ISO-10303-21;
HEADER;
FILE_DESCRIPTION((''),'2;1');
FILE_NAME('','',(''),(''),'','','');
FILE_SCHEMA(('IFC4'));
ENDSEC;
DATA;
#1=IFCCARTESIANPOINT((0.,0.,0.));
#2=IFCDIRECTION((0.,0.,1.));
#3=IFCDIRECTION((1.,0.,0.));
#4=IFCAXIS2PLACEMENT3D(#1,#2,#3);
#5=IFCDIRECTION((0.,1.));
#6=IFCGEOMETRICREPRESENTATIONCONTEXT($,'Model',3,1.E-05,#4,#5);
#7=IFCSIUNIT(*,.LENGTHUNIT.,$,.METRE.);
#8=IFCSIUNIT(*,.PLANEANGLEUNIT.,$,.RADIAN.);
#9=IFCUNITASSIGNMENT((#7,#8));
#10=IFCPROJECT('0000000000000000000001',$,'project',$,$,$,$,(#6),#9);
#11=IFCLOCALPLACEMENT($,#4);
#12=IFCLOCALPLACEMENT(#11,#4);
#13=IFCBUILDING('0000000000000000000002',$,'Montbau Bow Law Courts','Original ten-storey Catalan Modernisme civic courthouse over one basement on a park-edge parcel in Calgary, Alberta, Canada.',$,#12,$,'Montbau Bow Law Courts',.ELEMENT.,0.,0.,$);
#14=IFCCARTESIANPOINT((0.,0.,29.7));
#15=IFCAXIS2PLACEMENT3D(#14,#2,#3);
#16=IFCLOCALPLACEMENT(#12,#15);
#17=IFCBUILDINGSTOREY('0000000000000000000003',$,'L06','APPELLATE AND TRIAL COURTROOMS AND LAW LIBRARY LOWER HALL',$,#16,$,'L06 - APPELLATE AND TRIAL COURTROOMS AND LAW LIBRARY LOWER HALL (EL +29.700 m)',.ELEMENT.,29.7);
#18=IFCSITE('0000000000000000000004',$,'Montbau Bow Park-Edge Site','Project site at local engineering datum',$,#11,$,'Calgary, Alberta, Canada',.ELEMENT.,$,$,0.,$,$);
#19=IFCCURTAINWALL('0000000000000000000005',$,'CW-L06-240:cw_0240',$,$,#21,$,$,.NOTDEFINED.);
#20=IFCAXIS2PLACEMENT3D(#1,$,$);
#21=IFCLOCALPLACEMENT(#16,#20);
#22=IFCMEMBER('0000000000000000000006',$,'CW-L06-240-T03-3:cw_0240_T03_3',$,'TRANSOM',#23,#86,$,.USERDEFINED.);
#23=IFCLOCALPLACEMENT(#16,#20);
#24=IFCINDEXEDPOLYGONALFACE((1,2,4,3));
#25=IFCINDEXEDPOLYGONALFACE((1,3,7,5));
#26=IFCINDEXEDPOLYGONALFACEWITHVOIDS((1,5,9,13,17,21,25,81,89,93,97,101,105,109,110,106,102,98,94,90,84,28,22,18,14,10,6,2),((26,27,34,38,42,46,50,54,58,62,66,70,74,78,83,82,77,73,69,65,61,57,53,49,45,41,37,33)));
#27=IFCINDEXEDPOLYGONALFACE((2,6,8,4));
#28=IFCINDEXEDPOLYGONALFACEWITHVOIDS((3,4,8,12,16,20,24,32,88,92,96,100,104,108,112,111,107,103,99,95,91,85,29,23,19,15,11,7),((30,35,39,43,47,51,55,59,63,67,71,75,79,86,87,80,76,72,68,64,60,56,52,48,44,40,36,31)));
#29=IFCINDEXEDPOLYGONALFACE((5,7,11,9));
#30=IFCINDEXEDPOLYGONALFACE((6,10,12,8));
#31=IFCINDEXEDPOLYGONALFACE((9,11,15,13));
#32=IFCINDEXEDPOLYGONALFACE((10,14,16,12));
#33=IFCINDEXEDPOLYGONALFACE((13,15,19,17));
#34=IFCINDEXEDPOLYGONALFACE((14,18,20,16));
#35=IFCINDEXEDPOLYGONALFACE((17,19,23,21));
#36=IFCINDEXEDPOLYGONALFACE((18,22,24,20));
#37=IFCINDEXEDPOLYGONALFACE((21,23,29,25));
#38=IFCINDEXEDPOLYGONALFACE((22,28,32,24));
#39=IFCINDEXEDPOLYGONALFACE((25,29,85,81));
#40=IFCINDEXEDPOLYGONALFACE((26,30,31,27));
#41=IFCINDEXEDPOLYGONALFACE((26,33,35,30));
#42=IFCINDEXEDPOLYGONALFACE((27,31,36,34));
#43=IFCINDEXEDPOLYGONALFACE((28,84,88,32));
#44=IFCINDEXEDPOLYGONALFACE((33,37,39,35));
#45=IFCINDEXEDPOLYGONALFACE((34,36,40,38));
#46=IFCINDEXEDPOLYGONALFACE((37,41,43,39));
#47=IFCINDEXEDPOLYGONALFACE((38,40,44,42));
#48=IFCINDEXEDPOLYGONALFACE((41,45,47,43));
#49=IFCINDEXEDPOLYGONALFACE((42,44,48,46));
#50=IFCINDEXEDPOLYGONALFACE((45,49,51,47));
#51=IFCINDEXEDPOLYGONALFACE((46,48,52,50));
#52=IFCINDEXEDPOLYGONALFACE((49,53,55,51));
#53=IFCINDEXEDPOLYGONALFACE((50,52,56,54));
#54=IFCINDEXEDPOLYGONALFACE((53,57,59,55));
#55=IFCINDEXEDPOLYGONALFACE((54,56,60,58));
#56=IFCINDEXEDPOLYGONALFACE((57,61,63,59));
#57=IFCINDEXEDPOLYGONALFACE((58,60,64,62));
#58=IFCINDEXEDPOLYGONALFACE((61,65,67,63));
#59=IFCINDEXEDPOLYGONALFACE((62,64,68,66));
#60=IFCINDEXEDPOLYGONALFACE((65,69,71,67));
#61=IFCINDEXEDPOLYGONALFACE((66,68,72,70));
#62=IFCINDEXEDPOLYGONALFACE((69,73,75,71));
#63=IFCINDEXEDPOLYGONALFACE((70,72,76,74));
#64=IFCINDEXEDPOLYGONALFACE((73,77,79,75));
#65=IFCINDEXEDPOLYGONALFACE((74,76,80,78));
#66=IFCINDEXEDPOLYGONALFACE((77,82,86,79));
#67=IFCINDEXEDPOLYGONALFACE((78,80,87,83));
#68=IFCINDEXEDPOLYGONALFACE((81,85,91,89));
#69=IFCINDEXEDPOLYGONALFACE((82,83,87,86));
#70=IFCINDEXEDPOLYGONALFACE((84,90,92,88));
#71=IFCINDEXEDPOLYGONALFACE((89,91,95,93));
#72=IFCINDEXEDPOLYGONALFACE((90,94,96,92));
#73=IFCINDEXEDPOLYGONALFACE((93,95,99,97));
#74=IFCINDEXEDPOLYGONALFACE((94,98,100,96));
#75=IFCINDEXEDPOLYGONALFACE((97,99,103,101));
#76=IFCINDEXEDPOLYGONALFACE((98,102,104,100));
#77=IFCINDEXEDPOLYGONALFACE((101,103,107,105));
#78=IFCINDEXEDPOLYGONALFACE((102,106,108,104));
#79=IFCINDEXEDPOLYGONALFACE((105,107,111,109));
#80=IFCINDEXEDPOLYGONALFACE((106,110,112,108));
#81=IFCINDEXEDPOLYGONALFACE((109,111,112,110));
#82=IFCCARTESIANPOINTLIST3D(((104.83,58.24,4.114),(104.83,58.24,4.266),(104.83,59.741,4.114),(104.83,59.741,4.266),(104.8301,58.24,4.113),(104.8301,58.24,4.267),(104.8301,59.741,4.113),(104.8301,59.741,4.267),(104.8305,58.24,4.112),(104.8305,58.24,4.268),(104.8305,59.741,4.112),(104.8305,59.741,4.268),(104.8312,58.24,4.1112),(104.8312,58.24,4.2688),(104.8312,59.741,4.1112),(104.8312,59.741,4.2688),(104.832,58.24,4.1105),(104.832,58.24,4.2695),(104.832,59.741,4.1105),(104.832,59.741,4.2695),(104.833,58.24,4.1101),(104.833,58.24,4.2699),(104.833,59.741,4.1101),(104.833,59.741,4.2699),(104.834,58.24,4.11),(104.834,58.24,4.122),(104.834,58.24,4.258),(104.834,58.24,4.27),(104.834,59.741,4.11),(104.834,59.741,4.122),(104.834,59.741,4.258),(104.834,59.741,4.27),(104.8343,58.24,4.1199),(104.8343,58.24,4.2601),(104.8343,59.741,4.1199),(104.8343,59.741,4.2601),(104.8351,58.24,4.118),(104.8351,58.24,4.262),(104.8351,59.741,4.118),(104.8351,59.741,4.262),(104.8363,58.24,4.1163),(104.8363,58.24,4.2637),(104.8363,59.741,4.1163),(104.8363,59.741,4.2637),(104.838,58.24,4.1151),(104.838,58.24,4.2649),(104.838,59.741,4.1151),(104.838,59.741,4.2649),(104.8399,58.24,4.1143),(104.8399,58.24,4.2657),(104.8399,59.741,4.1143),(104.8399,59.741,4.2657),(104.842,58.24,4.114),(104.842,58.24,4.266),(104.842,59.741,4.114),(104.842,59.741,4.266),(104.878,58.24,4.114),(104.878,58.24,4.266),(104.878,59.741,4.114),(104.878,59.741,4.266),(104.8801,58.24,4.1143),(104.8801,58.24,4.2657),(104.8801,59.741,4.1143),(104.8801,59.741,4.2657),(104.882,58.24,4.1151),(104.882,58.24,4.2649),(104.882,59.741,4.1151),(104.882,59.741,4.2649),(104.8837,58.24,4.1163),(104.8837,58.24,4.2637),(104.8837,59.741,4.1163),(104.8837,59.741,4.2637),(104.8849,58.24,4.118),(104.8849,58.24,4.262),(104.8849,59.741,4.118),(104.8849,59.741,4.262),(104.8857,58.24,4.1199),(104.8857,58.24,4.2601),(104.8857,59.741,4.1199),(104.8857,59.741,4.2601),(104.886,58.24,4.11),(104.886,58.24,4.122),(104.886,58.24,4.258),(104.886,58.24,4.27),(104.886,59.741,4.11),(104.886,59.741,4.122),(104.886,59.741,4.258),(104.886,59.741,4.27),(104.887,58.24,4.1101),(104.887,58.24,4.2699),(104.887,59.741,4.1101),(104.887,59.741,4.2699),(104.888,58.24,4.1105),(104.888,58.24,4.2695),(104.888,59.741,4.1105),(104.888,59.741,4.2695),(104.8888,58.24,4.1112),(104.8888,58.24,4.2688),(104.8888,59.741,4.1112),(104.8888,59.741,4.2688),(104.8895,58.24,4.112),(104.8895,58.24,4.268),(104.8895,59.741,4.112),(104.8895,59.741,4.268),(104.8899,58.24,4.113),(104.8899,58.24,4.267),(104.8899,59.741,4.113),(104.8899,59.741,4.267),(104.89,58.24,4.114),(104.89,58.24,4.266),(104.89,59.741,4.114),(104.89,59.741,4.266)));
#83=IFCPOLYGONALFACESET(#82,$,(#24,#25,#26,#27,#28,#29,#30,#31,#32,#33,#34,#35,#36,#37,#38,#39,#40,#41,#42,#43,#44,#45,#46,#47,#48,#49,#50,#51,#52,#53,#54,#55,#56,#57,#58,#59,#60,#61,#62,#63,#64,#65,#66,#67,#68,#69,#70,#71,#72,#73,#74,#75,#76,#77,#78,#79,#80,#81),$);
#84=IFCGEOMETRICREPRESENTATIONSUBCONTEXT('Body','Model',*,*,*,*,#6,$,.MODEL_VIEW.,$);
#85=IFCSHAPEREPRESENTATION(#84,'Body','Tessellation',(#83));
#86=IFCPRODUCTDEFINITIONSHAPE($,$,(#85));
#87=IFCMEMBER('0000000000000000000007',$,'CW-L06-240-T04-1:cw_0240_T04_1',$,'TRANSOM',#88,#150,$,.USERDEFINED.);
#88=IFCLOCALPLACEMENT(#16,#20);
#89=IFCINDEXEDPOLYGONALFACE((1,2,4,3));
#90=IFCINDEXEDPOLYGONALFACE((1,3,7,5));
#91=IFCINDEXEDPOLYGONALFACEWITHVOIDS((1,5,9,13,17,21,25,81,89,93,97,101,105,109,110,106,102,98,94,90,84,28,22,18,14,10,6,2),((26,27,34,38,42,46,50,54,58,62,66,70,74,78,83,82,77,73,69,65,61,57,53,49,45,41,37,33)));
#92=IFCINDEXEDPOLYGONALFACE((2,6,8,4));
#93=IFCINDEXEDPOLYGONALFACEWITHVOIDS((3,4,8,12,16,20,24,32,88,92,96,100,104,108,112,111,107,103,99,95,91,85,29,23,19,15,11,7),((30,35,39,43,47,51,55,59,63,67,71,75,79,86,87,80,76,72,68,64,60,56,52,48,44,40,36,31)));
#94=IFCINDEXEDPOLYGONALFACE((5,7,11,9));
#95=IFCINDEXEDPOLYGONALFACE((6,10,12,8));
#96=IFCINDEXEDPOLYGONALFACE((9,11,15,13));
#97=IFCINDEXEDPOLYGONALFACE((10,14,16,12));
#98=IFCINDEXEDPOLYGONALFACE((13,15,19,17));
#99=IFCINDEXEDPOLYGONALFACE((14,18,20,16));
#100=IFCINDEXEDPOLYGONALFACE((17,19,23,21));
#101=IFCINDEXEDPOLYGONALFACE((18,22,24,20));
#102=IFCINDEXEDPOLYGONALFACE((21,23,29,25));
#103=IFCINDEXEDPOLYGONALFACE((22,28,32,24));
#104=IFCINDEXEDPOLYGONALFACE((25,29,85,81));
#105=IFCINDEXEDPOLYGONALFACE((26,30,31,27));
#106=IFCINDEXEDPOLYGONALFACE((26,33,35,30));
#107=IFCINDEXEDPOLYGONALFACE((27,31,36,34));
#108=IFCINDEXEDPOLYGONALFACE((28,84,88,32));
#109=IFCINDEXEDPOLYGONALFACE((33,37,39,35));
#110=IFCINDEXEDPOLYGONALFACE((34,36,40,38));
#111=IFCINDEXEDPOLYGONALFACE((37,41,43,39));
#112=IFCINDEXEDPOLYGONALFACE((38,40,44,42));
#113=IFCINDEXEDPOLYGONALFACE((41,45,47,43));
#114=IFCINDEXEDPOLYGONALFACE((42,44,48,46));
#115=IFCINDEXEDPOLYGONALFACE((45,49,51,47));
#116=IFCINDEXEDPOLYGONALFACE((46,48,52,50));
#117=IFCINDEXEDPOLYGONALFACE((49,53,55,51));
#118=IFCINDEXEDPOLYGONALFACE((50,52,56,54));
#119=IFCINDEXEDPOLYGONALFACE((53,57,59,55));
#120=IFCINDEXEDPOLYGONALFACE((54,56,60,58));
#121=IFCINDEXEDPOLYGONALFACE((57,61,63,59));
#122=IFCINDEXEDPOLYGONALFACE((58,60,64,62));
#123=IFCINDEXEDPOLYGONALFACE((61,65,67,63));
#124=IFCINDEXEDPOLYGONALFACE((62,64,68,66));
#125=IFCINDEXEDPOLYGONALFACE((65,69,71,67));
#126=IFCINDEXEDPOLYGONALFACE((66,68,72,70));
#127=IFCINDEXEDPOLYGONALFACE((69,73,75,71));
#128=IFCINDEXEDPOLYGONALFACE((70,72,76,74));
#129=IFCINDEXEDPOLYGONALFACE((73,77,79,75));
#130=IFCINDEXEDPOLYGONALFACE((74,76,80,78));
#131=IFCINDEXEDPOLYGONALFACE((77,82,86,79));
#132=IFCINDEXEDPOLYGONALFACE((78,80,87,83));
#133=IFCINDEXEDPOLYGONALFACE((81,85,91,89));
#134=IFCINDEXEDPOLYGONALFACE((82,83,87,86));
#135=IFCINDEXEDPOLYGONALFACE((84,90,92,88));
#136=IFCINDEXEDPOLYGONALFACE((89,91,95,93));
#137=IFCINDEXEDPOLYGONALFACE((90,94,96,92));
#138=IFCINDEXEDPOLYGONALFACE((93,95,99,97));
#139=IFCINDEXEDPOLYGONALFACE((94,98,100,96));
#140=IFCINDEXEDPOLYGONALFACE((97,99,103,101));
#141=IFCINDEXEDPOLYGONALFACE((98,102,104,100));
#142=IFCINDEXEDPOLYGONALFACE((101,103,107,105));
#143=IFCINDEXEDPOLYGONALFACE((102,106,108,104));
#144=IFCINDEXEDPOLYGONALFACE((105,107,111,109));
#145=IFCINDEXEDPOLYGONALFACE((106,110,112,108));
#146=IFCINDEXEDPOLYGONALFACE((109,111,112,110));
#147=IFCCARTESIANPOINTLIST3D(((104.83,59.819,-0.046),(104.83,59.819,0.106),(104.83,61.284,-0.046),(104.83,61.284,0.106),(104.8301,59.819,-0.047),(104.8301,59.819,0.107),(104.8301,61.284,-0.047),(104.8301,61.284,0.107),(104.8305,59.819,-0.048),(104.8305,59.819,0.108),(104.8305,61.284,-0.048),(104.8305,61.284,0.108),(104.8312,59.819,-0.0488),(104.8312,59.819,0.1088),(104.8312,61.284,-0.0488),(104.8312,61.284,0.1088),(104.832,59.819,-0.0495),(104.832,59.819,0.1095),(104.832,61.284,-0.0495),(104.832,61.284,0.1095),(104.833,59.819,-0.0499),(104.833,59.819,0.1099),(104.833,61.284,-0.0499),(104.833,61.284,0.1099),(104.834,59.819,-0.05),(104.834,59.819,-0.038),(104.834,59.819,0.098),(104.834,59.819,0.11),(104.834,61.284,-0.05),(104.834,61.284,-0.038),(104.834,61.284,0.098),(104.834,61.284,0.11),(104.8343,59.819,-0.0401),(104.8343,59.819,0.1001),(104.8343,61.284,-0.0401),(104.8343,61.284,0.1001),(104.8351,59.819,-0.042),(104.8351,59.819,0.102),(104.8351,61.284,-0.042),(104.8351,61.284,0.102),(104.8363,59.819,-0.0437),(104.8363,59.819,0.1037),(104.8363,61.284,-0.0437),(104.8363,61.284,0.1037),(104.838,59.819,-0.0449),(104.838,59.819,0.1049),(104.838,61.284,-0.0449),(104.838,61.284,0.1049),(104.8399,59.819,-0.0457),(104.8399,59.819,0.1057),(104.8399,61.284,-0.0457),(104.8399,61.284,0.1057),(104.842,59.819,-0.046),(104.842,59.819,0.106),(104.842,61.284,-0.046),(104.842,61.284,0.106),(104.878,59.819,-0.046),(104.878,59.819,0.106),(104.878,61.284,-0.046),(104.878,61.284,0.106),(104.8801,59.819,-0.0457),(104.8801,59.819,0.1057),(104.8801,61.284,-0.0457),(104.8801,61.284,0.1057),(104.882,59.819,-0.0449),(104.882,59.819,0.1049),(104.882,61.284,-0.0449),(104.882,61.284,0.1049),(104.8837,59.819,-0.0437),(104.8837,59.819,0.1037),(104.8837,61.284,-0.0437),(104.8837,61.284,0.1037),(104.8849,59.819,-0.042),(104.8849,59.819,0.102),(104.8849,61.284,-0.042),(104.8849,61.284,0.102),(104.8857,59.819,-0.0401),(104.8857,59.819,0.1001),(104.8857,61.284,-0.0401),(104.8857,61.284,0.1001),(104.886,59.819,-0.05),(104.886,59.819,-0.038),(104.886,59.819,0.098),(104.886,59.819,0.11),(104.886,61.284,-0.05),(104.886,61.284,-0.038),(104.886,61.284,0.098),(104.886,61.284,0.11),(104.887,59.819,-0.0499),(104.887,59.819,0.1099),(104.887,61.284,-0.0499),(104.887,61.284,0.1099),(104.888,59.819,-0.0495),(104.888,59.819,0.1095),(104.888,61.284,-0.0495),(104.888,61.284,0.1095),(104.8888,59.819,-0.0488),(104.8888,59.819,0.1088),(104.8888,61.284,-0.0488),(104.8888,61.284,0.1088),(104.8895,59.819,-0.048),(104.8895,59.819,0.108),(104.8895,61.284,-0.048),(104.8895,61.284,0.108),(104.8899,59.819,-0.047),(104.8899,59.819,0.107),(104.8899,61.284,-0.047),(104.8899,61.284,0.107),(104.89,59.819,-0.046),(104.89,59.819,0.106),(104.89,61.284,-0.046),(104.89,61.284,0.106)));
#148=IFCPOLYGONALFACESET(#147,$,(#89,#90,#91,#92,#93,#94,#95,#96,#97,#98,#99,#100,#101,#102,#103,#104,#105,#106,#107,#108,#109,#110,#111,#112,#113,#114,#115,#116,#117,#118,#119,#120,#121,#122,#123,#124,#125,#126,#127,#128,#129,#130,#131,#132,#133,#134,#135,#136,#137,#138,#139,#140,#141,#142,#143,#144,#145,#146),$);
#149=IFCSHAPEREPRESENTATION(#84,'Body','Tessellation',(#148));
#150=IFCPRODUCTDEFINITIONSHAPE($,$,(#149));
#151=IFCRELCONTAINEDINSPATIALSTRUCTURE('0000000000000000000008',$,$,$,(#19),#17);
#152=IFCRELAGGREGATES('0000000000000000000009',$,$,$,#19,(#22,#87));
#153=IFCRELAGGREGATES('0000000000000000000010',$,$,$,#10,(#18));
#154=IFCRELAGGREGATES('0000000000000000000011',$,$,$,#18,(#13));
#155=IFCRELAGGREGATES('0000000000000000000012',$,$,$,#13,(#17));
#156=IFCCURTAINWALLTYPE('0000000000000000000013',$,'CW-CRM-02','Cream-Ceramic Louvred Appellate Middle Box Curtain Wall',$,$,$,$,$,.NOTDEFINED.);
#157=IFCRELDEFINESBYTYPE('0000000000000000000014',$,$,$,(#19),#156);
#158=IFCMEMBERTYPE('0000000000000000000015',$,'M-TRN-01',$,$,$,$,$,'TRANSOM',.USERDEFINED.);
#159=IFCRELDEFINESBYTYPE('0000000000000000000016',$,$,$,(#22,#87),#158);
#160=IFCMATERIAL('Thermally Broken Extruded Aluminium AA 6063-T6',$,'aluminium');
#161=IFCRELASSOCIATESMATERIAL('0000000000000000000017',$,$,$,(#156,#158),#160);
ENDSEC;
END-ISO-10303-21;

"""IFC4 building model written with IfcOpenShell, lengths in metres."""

from ifc_helpers import new_model, si_unit, direction, frame, origin_with_axes, origin_2d_with_axis, place, context, subcontext, project, spatial, hollow_rectangle, extrude, material, material_profile, profile_set, type_object, element, aggregate, save


model = new_model("IFC4")

# Units and contexts
model_context = context("Model", 3, precision=1e-05, world=origin_with_axes(), true_north=direction((0.0, 1.0)))
body_context = subcontext(model_context, "Body", "Model", "MODEL_VIEW")
ifc_project = project(units=[si_unit("LENGTHUNIT", "METRE"), si_unit("PLANEANGLEUNIT", "RADIAN")], contexts=[model_context])

# Site, building, storey
site_placement = place(None, origin_with_axes())
site = spatial("IfcSite", under=ifc_project, at=site_placement, Name="Montbau Bow Park-Edge Site", Description="Project site at local engineering datum", LongName="Calgary, Alberta, Canada", CompositionType="ELEMENT", RefElevation=0.0)
building_placement = place(site_placement, origin_with_axes())
building = spatial("IfcBuilding", under=site, at=building_placement, Name="Montbau Bow Law Courts", Description="Original ten-storey Catalan Modernisme civic courthouse over one basement on a park-edge parcel in Calgary, Alberta, Canada.", LongName="Montbau Bow Law Courts", CompositionType="ELEMENT", ElevationOfRefHeight=0.0, ElevationOfTerrain=0.0)
storey_placement = place(building_placement, frame((0.0, 0.0, 29.7), z_axis=(0.0, 0.0, 1.0), x_axis=(1.0, 0.0, 0.0)))
storey = spatial("IfcBuildingStorey", under=building, at=storey_placement, Name="L06", Description="APPELLATE AND TRIAL COURTROOMS AND LAW LIBRARY LOWER HALL", LongName="L06 - APPELLATE AND TRIAL COURTROOMS AND LAW LIBRARY LOWER HALL (EL +29.700 m)", CompositionType="ELEMENT", Elevation=29.7)

# Shared definitions
ifc_material_1 = material(Name="Thermally Broken Extruded Aluminium AA 6063-T6", Category="aluminium")
curtain_wall_type = type_object("IfcCurtainWallType", Name="CW-CRM-02", Description="Cream-Ceramic Louvred Appellate Middle Box Curtain Wall", PredefinedType="NOTDEFINED", material=ifc_material_1)

# Curtain wall
curtain_wall_1_placement = place(None, frame((104.86, 55.04, 29.7), z_axis=(0.0, 0.0, 1.0), x_axis=(1.0, 0.0, 0.0)))
curtain_wall_1 = element("IfcCurtainWall", 1, at=curtain_wall_1_placement, inside=storey, type_object=curtain_wall_type, Name="CW-L06-240:cw_0240", PredefinedType="NOTDEFINED")

# Members
ifc_material_profile_1 = material_profile(ifc_material_1, hollow_rectangle(XDim=0.06, YDim=0.16, WallThickness=0.004, InnerFilletRadius=0.008, OuterFilletRadius=0.004, at=origin_2d_with_axis()), Name="CWT-160X60", Category="Main", Priority=0)
ifc_profile_set_1 = profile_set([ifc_material_profile_1], Name="Thermally Broken Extruded Aluminium AA 6063-T6")
member_type_1 = type_object("IfcMemberType", Name="M-TRN-01", ElementType="TRANSOM", PredefinedType="USERDEFINED", material=ifc_profile_set_1)
member_1_placement = place(None, frame((104.86, 58.24, 33.89), z_axis=(0.0, 1.0, 0.0), x_axis=(-1.0, 0.0, 0.0)))
member_1 = element("IfcMember", 2, at=member_1_placement, type_object=member_type_1, Name="CW-L06-240-T03-3:cw_0240_T03_3", ObjectType="TRANSOM", PredefinedType="USERDEFINED", context=body_context, shape_type="SweptSolid", body=[
    extrude(hollow_rectangle(XDim=0.06, YDim=0.16, WallThickness=0.004, InnerFilletRadius=0.008, OuterFilletRadius=0.004, at=origin_2d_with_axis()), origin_with_axes(), (0.0, 0.0, 1.0), 1.501),
])
member_2_placement = place(None, frame((104.86, 59.819, 29.73), z_axis=(0.0, 1.0, 0.0), x_axis=(-1.0, 0.0, 0.0)))
member_2 = element("IfcMember", 3, at=member_2_placement, type_object=member_type_1, Name="CW-L06-240-T04-1:cw_0240_T04_1", ObjectType="TRANSOM", PredefinedType="USERDEFINED", context=body_context, shape_type="SweptSolid", body=[
    extrude(hollow_rectangle(XDim=0.06, YDim=0.16, WallThickness=0.004, InnerFilletRadius=0.008, OuterFilletRadius=0.004, at=origin_2d_with_axis()), origin_with_axes(), (0.0, 0.0, 1.0), 1.465),
])

aggregate(curtain_wall_1, [member_1, member_2])

save(model, "model.ifc")
